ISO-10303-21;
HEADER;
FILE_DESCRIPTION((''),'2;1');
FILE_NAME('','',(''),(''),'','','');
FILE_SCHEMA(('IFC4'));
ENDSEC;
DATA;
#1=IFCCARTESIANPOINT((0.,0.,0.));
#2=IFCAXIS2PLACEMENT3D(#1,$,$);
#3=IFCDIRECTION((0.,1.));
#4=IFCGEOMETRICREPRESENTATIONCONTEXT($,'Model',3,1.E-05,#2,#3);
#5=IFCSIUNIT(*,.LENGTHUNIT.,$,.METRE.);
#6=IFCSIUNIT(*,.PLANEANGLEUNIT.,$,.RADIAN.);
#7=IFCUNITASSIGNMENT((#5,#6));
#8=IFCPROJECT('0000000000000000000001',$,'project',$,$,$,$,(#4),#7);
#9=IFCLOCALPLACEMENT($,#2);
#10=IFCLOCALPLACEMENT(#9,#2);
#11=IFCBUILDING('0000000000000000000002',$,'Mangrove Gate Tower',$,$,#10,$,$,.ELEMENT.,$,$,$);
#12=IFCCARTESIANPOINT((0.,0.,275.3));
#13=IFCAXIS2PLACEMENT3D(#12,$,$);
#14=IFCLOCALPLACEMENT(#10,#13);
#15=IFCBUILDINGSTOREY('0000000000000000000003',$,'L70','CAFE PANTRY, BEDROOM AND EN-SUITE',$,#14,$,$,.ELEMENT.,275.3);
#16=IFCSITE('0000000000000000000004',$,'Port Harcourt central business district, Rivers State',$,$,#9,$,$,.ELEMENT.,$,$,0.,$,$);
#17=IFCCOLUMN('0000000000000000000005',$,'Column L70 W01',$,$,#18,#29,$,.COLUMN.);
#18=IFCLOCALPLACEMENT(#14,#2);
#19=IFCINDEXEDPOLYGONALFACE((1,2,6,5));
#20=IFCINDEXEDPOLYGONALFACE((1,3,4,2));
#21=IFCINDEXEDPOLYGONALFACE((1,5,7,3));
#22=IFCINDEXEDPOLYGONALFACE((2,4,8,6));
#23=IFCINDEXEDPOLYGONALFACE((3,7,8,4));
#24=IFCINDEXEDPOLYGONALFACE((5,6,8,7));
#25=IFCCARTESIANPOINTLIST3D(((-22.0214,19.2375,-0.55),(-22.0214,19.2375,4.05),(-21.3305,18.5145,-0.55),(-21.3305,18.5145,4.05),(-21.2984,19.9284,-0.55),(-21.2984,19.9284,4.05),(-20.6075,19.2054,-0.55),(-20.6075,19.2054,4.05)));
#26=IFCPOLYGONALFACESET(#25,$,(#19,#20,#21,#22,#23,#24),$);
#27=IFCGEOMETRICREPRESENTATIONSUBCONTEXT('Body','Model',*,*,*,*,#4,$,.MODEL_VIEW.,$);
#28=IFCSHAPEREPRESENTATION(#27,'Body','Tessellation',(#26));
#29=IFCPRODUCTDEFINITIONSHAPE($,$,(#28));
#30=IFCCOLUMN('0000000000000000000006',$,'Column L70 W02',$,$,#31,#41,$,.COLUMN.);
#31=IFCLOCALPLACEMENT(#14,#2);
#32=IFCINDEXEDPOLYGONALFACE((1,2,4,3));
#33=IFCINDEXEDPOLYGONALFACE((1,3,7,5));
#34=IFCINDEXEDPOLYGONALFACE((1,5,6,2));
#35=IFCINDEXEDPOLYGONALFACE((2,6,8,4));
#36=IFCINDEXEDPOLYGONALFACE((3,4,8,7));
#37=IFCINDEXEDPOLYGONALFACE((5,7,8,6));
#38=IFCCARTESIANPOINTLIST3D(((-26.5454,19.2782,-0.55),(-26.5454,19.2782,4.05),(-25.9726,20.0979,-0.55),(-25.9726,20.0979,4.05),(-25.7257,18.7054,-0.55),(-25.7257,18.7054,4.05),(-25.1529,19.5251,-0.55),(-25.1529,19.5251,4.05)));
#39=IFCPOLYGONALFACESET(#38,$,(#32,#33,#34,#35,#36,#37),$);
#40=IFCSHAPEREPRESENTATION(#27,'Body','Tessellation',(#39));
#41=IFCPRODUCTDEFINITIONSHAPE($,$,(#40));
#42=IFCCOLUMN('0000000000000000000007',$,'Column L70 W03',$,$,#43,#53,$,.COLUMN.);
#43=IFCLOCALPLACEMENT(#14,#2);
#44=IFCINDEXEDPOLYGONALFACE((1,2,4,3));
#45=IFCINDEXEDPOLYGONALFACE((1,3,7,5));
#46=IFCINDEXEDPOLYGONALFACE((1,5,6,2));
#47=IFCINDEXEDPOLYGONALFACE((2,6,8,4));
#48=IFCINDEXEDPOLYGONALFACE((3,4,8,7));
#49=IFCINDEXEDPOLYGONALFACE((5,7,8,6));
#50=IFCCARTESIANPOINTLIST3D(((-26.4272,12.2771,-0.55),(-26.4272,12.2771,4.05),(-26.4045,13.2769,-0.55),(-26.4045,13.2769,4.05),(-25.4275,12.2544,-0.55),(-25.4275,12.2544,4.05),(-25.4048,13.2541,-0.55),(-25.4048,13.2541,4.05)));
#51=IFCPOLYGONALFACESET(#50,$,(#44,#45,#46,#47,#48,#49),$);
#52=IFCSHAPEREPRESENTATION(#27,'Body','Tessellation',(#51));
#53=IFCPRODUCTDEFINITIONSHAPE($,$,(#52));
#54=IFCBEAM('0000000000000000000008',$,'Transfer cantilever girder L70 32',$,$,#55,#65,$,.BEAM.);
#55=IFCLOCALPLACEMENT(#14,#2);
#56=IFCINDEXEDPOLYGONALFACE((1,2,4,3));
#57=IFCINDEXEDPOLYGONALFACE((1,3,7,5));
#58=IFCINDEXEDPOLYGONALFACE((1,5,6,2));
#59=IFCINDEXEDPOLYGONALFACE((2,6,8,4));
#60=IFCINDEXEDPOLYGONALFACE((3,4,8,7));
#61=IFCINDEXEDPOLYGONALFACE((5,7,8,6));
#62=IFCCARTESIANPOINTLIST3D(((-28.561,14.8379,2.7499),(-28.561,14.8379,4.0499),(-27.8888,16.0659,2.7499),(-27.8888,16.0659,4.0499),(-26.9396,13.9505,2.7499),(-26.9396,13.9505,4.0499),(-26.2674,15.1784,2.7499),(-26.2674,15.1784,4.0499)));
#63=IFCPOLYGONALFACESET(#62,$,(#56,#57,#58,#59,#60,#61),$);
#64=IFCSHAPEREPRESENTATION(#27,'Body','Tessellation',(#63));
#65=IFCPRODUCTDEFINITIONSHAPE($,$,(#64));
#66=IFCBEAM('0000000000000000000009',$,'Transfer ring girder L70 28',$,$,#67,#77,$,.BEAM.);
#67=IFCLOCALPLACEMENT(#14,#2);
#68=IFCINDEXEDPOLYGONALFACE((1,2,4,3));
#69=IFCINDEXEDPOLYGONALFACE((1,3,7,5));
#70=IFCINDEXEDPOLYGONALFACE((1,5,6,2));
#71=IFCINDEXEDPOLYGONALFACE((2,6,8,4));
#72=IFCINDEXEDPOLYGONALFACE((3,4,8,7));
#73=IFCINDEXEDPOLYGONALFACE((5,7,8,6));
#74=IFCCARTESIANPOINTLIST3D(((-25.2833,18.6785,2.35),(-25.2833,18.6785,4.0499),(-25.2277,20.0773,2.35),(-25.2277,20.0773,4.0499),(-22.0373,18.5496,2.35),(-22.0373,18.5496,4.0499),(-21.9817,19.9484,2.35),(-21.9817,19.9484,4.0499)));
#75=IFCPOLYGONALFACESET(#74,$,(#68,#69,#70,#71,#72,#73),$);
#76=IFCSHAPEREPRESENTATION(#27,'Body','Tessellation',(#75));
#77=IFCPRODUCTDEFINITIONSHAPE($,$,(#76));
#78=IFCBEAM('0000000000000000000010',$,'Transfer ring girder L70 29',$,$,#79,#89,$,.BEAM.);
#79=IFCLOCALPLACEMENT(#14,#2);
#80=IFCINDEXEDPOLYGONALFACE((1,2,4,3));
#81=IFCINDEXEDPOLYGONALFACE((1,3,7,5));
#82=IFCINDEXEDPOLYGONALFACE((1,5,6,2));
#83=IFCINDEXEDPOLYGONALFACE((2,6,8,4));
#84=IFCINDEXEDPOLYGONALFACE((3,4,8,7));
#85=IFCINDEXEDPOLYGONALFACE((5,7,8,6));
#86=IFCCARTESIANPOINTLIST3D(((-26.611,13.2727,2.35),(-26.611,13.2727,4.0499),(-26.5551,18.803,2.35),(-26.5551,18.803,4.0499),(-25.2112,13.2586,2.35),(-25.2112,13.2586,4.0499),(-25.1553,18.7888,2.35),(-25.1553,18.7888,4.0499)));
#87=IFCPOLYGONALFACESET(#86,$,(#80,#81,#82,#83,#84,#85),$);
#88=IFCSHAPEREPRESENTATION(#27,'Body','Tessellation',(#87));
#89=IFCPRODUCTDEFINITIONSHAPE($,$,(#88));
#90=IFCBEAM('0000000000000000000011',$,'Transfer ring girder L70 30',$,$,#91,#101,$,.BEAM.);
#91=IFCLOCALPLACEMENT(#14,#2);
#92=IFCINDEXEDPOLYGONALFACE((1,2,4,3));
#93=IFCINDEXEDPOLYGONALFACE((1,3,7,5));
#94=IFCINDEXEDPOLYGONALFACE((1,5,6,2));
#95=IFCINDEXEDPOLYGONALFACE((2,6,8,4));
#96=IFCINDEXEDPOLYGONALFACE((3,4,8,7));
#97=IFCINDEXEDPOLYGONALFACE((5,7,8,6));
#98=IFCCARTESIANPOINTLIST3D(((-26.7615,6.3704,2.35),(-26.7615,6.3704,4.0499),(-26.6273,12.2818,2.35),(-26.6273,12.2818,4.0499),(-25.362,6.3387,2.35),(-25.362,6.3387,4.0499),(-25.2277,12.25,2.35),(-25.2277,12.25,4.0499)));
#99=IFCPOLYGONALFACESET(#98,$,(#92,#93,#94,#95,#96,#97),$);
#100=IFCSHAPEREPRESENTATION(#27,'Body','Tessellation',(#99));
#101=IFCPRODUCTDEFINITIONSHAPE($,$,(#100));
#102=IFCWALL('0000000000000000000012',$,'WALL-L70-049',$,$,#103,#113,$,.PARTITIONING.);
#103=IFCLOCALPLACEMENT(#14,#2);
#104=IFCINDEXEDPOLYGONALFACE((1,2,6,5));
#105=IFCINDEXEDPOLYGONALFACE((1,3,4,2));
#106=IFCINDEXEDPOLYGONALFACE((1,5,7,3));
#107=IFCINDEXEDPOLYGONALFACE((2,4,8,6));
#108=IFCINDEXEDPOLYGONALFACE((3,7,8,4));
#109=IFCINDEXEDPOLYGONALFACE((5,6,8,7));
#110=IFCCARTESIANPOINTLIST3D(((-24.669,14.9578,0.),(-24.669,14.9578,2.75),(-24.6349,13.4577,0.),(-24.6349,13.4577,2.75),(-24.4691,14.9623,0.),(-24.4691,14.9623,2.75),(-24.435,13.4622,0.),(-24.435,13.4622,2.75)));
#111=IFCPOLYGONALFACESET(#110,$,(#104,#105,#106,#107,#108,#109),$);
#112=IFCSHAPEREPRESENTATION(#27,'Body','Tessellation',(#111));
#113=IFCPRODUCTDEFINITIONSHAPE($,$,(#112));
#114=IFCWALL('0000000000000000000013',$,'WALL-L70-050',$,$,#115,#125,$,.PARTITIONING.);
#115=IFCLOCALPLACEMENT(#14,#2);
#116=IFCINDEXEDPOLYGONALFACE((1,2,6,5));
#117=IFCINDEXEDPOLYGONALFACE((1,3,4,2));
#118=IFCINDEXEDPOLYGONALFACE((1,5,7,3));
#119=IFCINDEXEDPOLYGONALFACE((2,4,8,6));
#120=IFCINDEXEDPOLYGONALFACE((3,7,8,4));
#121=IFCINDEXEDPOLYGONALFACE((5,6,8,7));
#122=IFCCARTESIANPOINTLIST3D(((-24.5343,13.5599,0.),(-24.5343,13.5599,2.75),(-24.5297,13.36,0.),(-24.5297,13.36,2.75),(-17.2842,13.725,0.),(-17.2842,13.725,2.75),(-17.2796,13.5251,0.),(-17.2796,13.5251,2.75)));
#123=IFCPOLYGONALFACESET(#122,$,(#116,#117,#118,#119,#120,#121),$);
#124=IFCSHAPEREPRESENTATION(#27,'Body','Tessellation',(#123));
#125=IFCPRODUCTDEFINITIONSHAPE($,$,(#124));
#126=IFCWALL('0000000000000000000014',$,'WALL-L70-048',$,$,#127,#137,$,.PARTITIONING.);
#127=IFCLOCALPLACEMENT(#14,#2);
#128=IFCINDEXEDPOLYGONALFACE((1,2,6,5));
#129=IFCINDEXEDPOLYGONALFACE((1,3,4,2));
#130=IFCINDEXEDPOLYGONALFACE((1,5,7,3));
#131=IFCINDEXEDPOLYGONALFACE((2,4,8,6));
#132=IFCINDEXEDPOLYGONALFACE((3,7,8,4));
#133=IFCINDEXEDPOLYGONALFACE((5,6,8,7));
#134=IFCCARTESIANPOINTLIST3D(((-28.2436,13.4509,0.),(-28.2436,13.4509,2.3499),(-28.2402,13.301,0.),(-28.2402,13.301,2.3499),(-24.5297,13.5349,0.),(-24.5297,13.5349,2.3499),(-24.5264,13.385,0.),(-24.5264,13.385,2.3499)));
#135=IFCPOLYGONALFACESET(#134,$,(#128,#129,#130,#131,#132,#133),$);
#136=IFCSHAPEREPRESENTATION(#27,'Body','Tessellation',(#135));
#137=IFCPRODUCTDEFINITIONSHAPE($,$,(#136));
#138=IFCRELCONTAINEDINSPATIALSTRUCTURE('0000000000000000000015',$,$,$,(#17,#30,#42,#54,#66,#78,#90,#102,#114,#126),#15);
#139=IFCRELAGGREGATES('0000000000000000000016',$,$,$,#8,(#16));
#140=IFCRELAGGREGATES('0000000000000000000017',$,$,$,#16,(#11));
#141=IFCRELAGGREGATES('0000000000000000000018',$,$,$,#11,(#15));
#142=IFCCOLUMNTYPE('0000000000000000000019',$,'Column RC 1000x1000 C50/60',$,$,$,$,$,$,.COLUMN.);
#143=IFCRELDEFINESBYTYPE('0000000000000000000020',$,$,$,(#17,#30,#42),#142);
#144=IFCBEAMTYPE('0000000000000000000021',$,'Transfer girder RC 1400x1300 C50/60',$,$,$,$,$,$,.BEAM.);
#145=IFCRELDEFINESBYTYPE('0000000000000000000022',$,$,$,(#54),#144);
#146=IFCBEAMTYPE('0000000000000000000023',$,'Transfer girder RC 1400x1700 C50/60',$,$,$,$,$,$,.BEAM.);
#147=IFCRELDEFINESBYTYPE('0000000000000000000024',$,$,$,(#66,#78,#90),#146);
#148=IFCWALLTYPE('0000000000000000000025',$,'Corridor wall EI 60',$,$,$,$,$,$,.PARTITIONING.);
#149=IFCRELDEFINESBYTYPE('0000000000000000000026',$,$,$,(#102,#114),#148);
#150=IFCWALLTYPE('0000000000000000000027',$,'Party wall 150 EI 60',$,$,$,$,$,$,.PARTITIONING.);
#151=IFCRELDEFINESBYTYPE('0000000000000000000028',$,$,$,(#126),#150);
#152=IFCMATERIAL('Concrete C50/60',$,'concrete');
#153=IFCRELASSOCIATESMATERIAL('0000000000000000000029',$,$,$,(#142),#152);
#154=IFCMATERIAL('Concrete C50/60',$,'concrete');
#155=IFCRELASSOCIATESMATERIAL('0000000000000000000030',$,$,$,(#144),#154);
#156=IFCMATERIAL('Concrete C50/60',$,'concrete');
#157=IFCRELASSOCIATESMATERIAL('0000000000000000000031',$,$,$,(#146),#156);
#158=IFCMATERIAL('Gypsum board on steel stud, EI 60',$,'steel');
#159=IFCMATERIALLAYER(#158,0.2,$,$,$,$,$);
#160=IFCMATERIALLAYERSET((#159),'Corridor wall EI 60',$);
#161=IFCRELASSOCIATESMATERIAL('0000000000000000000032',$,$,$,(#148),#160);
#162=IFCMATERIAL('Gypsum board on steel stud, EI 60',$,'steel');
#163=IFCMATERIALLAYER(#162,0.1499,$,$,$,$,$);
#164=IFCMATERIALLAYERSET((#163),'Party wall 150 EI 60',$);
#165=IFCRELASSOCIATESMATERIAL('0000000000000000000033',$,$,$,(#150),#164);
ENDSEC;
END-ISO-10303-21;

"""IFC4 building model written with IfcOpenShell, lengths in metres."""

from ifc_helpers import new_model, si_unit, direction, frame, frame_2d, origin, origin_2d, place, context, subcontext, project, spatial, rectangle, extrude, material, layer, layer_set, material_profile, profile_set, type_object, element, save


model = new_model("IFC4")

# Units and contexts
model_context = context("Model", 3, precision=1e-05, world=origin(), true_north=direction((0.0, 1.0)))
body_context = subcontext(model_context, "Body", "Model", "MODEL_VIEW")
ifc_project = project(units=[si_unit("LENGTHUNIT", "METRE"), si_unit("PLANEANGLEUNIT", "RADIAN")], contexts=[model_context])

# Site, building, storey
site_placement = place(None, origin())
site = spatial("IfcSite", under=ifc_project, at=site_placement, Name="Port Harcourt central business district, Rivers State", CompositionType="ELEMENT", RefElevation=0.0)
building_placement = place(site_placement, origin())
building = spatial("IfcBuilding", under=site, at=building_placement, Name="Mangrove Gate Tower", CompositionType="ELEMENT")
storey_placement = place(building_placement, frame((0.0, 0.0, 275.3)))
storey = spatial("IfcBuildingStorey", under=building, at=storey_placement, Name="L70", Description="CAFE PANTRY, BEDROOM AND EN-SUITE", CompositionType="ELEMENT", Elevation=275.3)

# Columns
ifc_material_1 = material(Name="Concrete C50/60", Category="concrete")
ifc_material_profile_1 = material_profile(ifc_material_1, rectangle(XDim=1.0, YDim=1.0, at=origin_2d()))
ifc_profile_set_1 = profile_set([ifc_material_profile_1], Name="Concrete C50/60")
column_type = type_object("IfcColumnType", Name="Column RC 1000x1000 C50/60", PredefinedType="COLUMN", material=ifc_profile_set_1)
for number, where, z_axis, x_axis, name in (
    (1, (-21.3145, 19.2214, -0.55), (0.0, 0.0, 1.0), (-0.722989, -0.69086, 0.0), "Column L70 W01"),
    (2, (-25.8491, 19.4016, -0.55), (0.0, 0.0, 1.0), (-0.572799, -0.819696, 0.0), "Column L70 W02"),
    (3, (-25.916, 12.7656, -0.55), (0.0, 0.0, 1.0), (-0.022712, -0.999742, 0.0), "Column L70 W03"),
):
    element("IfcColumn", number, at=place(storey_placement, frame(where, z_axis=z_axis, x_axis=x_axis)), inside=storey, type_object=column_type, Name=name, PredefinedType="COLUMN", context=body_context, shape_type="SweptSolid", body=[
        extrude(rectangle(XDim=1.0, YDim=1.0, at=origin_2d()), origin(), (0.0, 0.0, 1.0), 4.6001),
    ])

# Beams
ifc_material_2 = material(Name="Concrete C50/60", Category="concrete")
ifc_material_profile_2 = material_profile(ifc_material_2, rectangle(XDim=1.3999, YDim=1.3, at=origin_2d()))
ifc_profile_set_2 = profile_set([ifc_material_profile_2], Name="Concrete C50/60")
beam_type_1 = type_object("IfcBeamType", Name="Transfer girder RC 1400x1300 C50/60", PredefinedType="BEAM", material=ifc_profile_set_2)
beam_1_placement = place(storey_placement, frame((-26.6035, 14.5645, 3.3999), z_axis=(-0.877193, 0.480138, 0.0), x_axis=(-0.480138, -0.877193, 0.0)))
element("IfcBeam", 4, at=beam_1_placement, inside=storey, type_object=beam_type_1, Name="Transfer cantilever girder L70 32", PredefinedType="BEAM", context=body_context, shape_type="SweptSolid", body=[
    extrude(rectangle(XDim=1.3999, YDim=1.3, at=origin_2d()), origin(), (0.0, 0.0, 1.0), 1.8484),
])
ifc_material_3 = material(Name="Concrete C50/60", Category="concrete")
ifc_material_profile_3 = material_profile(ifc_material_3, rectangle(XDim=1.3999, YDim=1.7, at=origin_2d()))
ifc_profile_set_3 = profile_set([ifc_material_profile_3], Name="Concrete C50/60")
beam_type_2 = type_object("IfcBeamType", Name="Transfer girder RC 1400x1700 C50/60", PredefinedType="BEAM", material=ifc_profile_set_3)
beam_2_placement = place(storey_placement, frame((-22.0095, 19.249, 3.2), z_axis=(-0.999212, 0.03968, 0.0), x_axis=(-0.03968, -0.999212, 0.0)))
element("IfcBeam", 5, at=beam_2_placement, inside=storey, type_object=beam_type_2, Name="Transfer ring girder L70 28", PredefinedType="BEAM", context=body_context, shape_type="SweptSolid", body=[
    extrude(rectangle(XDim=1.3999, YDim=1.7, at=origin_2d()), origin(), (0.0, 0.0, 1.0), 3.2485),
])
beam_3_placement = place(storey_placement, frame((-25.8552, 18.7959, 3.2), z_axis=(-0.010109, -0.999949, 0.0), x_axis=(0.999949, -0.010109, 0.0)))
element("IfcBeam", 6, at=beam_3_placement, inside=storey, type_object=beam_type_2, Name="Transfer ring girder L70 29", PredefinedType="BEAM", context=body_context, shape_type="SweptSolid", body=[
    extrude(rectangle(XDim=1.3999, YDim=1.7, at=origin_2d()), origin(), (0.0, 0.0, 1.0), 5.5305),
])
beam_4_placement = place(storey_placement, frame((-25.9275, 12.2659, 3.2), z_axis=(-0.022709, -0.999742, 0.0), x_axis=(0.999742, -0.022709, 0.0)))
element("IfcBeam", 7, at=beam_4_placement, inside=storey, type_object=beam_type_2, Name="Transfer ring girder L70 30", PredefinedType="BEAM", context=body_context, shape_type="SweptSolid", body=[
    extrude(rectangle(XDim=1.3999, YDim=1.7, at=origin_2d()), origin(), (0.0, 0.0, 1.0), 5.9128),
])

# Walls
ifc_material_4 = material(Name="Gypsum board on steel stud, EI 60", Category="steel")
ifc_layer_1 = layer(ifc_material_4, 0.2)
ifc_layer_set_1 = layer_set([ifc_layer_1], Name="Corridor wall EI 60")
wall_type_1 = type_object("IfcWallType", Name="Corridor wall EI 60", PredefinedType="PARTITIONING", material=ifc_layer_set_1)
wall_1_placement = place(storey_placement, frame((-24.5349, 13.46, 0.0), z_axis=(0.0, 0.0, 1.0), x_axis=(-0.022781, 0.99974, 0.0)))
element("IfcWall", 8, at=wall_1_placement, inside=storey, type_object=wall_type_1, Name="WALL-L70-049", PredefinedType="PARTITIONING", context=body_context, shape_type="SweptSolid", body=[
    extrude(rectangle(XDim=1.5005, YDim=0.2, at=frame_2d((0.7502, 0.0))), origin(), (0.0, 0.0, 1.0), 2.75),
])
wall_2_placement = place(storey_placement, frame((-24.532, 13.46, 0.0), z_axis=(0.0, 0.0, 1.0), x_axis=(0.999741, 0.022758, 0.0)))
element("IfcWall", 9, at=wall_2_placement, inside=storey, type_object=wall_type_1, Name="WALL-L70-050", PredefinedType="PARTITIONING", context=body_context, shape_type="SweptSolid", body=[
    extrude(rectangle(XDim=7.252, YDim=0.2, at=frame_2d((3.626, 0.0))), origin(), (0.0, 0.0, 1.0), 2.75),
])

# Wall
ifc_material_5 = material(Name="Gypsum board on steel stud, EI 60", Category="steel")
ifc_layer_2 = layer(ifc_material_5, 0.1499)
ifc_layer_set_2 = layer_set([ifc_layer_2], Name="Party wall 150 EI 60")
wall_type_2 = type_object("IfcWallType", Name="Party wall 150 EI 60", PredefinedType="PARTITIONING", material=ifc_layer_set_2)
wall_3_placement = place(storey_placement, frame((-28.2419, 13.376, 0.0), z_axis=(0.0, 0.0, 1.0), x_axis=(0.999744, 0.022608, 0.0)))
element("IfcWall", 10, at=wall_3_placement, inside=storey, type_object=wall_type_2, Name="WALL-L70-048", PredefinedType="PARTITIONING", context=body_context, shape_type="SweptSolid", body=[
    extrude(rectangle(XDim=3.7148, YDim=0.1499, at=frame_2d((1.8574, 0.0))), origin(), (0.0, 0.0, 1.0), 2.3499),
])

save(model, "model.ifc")
